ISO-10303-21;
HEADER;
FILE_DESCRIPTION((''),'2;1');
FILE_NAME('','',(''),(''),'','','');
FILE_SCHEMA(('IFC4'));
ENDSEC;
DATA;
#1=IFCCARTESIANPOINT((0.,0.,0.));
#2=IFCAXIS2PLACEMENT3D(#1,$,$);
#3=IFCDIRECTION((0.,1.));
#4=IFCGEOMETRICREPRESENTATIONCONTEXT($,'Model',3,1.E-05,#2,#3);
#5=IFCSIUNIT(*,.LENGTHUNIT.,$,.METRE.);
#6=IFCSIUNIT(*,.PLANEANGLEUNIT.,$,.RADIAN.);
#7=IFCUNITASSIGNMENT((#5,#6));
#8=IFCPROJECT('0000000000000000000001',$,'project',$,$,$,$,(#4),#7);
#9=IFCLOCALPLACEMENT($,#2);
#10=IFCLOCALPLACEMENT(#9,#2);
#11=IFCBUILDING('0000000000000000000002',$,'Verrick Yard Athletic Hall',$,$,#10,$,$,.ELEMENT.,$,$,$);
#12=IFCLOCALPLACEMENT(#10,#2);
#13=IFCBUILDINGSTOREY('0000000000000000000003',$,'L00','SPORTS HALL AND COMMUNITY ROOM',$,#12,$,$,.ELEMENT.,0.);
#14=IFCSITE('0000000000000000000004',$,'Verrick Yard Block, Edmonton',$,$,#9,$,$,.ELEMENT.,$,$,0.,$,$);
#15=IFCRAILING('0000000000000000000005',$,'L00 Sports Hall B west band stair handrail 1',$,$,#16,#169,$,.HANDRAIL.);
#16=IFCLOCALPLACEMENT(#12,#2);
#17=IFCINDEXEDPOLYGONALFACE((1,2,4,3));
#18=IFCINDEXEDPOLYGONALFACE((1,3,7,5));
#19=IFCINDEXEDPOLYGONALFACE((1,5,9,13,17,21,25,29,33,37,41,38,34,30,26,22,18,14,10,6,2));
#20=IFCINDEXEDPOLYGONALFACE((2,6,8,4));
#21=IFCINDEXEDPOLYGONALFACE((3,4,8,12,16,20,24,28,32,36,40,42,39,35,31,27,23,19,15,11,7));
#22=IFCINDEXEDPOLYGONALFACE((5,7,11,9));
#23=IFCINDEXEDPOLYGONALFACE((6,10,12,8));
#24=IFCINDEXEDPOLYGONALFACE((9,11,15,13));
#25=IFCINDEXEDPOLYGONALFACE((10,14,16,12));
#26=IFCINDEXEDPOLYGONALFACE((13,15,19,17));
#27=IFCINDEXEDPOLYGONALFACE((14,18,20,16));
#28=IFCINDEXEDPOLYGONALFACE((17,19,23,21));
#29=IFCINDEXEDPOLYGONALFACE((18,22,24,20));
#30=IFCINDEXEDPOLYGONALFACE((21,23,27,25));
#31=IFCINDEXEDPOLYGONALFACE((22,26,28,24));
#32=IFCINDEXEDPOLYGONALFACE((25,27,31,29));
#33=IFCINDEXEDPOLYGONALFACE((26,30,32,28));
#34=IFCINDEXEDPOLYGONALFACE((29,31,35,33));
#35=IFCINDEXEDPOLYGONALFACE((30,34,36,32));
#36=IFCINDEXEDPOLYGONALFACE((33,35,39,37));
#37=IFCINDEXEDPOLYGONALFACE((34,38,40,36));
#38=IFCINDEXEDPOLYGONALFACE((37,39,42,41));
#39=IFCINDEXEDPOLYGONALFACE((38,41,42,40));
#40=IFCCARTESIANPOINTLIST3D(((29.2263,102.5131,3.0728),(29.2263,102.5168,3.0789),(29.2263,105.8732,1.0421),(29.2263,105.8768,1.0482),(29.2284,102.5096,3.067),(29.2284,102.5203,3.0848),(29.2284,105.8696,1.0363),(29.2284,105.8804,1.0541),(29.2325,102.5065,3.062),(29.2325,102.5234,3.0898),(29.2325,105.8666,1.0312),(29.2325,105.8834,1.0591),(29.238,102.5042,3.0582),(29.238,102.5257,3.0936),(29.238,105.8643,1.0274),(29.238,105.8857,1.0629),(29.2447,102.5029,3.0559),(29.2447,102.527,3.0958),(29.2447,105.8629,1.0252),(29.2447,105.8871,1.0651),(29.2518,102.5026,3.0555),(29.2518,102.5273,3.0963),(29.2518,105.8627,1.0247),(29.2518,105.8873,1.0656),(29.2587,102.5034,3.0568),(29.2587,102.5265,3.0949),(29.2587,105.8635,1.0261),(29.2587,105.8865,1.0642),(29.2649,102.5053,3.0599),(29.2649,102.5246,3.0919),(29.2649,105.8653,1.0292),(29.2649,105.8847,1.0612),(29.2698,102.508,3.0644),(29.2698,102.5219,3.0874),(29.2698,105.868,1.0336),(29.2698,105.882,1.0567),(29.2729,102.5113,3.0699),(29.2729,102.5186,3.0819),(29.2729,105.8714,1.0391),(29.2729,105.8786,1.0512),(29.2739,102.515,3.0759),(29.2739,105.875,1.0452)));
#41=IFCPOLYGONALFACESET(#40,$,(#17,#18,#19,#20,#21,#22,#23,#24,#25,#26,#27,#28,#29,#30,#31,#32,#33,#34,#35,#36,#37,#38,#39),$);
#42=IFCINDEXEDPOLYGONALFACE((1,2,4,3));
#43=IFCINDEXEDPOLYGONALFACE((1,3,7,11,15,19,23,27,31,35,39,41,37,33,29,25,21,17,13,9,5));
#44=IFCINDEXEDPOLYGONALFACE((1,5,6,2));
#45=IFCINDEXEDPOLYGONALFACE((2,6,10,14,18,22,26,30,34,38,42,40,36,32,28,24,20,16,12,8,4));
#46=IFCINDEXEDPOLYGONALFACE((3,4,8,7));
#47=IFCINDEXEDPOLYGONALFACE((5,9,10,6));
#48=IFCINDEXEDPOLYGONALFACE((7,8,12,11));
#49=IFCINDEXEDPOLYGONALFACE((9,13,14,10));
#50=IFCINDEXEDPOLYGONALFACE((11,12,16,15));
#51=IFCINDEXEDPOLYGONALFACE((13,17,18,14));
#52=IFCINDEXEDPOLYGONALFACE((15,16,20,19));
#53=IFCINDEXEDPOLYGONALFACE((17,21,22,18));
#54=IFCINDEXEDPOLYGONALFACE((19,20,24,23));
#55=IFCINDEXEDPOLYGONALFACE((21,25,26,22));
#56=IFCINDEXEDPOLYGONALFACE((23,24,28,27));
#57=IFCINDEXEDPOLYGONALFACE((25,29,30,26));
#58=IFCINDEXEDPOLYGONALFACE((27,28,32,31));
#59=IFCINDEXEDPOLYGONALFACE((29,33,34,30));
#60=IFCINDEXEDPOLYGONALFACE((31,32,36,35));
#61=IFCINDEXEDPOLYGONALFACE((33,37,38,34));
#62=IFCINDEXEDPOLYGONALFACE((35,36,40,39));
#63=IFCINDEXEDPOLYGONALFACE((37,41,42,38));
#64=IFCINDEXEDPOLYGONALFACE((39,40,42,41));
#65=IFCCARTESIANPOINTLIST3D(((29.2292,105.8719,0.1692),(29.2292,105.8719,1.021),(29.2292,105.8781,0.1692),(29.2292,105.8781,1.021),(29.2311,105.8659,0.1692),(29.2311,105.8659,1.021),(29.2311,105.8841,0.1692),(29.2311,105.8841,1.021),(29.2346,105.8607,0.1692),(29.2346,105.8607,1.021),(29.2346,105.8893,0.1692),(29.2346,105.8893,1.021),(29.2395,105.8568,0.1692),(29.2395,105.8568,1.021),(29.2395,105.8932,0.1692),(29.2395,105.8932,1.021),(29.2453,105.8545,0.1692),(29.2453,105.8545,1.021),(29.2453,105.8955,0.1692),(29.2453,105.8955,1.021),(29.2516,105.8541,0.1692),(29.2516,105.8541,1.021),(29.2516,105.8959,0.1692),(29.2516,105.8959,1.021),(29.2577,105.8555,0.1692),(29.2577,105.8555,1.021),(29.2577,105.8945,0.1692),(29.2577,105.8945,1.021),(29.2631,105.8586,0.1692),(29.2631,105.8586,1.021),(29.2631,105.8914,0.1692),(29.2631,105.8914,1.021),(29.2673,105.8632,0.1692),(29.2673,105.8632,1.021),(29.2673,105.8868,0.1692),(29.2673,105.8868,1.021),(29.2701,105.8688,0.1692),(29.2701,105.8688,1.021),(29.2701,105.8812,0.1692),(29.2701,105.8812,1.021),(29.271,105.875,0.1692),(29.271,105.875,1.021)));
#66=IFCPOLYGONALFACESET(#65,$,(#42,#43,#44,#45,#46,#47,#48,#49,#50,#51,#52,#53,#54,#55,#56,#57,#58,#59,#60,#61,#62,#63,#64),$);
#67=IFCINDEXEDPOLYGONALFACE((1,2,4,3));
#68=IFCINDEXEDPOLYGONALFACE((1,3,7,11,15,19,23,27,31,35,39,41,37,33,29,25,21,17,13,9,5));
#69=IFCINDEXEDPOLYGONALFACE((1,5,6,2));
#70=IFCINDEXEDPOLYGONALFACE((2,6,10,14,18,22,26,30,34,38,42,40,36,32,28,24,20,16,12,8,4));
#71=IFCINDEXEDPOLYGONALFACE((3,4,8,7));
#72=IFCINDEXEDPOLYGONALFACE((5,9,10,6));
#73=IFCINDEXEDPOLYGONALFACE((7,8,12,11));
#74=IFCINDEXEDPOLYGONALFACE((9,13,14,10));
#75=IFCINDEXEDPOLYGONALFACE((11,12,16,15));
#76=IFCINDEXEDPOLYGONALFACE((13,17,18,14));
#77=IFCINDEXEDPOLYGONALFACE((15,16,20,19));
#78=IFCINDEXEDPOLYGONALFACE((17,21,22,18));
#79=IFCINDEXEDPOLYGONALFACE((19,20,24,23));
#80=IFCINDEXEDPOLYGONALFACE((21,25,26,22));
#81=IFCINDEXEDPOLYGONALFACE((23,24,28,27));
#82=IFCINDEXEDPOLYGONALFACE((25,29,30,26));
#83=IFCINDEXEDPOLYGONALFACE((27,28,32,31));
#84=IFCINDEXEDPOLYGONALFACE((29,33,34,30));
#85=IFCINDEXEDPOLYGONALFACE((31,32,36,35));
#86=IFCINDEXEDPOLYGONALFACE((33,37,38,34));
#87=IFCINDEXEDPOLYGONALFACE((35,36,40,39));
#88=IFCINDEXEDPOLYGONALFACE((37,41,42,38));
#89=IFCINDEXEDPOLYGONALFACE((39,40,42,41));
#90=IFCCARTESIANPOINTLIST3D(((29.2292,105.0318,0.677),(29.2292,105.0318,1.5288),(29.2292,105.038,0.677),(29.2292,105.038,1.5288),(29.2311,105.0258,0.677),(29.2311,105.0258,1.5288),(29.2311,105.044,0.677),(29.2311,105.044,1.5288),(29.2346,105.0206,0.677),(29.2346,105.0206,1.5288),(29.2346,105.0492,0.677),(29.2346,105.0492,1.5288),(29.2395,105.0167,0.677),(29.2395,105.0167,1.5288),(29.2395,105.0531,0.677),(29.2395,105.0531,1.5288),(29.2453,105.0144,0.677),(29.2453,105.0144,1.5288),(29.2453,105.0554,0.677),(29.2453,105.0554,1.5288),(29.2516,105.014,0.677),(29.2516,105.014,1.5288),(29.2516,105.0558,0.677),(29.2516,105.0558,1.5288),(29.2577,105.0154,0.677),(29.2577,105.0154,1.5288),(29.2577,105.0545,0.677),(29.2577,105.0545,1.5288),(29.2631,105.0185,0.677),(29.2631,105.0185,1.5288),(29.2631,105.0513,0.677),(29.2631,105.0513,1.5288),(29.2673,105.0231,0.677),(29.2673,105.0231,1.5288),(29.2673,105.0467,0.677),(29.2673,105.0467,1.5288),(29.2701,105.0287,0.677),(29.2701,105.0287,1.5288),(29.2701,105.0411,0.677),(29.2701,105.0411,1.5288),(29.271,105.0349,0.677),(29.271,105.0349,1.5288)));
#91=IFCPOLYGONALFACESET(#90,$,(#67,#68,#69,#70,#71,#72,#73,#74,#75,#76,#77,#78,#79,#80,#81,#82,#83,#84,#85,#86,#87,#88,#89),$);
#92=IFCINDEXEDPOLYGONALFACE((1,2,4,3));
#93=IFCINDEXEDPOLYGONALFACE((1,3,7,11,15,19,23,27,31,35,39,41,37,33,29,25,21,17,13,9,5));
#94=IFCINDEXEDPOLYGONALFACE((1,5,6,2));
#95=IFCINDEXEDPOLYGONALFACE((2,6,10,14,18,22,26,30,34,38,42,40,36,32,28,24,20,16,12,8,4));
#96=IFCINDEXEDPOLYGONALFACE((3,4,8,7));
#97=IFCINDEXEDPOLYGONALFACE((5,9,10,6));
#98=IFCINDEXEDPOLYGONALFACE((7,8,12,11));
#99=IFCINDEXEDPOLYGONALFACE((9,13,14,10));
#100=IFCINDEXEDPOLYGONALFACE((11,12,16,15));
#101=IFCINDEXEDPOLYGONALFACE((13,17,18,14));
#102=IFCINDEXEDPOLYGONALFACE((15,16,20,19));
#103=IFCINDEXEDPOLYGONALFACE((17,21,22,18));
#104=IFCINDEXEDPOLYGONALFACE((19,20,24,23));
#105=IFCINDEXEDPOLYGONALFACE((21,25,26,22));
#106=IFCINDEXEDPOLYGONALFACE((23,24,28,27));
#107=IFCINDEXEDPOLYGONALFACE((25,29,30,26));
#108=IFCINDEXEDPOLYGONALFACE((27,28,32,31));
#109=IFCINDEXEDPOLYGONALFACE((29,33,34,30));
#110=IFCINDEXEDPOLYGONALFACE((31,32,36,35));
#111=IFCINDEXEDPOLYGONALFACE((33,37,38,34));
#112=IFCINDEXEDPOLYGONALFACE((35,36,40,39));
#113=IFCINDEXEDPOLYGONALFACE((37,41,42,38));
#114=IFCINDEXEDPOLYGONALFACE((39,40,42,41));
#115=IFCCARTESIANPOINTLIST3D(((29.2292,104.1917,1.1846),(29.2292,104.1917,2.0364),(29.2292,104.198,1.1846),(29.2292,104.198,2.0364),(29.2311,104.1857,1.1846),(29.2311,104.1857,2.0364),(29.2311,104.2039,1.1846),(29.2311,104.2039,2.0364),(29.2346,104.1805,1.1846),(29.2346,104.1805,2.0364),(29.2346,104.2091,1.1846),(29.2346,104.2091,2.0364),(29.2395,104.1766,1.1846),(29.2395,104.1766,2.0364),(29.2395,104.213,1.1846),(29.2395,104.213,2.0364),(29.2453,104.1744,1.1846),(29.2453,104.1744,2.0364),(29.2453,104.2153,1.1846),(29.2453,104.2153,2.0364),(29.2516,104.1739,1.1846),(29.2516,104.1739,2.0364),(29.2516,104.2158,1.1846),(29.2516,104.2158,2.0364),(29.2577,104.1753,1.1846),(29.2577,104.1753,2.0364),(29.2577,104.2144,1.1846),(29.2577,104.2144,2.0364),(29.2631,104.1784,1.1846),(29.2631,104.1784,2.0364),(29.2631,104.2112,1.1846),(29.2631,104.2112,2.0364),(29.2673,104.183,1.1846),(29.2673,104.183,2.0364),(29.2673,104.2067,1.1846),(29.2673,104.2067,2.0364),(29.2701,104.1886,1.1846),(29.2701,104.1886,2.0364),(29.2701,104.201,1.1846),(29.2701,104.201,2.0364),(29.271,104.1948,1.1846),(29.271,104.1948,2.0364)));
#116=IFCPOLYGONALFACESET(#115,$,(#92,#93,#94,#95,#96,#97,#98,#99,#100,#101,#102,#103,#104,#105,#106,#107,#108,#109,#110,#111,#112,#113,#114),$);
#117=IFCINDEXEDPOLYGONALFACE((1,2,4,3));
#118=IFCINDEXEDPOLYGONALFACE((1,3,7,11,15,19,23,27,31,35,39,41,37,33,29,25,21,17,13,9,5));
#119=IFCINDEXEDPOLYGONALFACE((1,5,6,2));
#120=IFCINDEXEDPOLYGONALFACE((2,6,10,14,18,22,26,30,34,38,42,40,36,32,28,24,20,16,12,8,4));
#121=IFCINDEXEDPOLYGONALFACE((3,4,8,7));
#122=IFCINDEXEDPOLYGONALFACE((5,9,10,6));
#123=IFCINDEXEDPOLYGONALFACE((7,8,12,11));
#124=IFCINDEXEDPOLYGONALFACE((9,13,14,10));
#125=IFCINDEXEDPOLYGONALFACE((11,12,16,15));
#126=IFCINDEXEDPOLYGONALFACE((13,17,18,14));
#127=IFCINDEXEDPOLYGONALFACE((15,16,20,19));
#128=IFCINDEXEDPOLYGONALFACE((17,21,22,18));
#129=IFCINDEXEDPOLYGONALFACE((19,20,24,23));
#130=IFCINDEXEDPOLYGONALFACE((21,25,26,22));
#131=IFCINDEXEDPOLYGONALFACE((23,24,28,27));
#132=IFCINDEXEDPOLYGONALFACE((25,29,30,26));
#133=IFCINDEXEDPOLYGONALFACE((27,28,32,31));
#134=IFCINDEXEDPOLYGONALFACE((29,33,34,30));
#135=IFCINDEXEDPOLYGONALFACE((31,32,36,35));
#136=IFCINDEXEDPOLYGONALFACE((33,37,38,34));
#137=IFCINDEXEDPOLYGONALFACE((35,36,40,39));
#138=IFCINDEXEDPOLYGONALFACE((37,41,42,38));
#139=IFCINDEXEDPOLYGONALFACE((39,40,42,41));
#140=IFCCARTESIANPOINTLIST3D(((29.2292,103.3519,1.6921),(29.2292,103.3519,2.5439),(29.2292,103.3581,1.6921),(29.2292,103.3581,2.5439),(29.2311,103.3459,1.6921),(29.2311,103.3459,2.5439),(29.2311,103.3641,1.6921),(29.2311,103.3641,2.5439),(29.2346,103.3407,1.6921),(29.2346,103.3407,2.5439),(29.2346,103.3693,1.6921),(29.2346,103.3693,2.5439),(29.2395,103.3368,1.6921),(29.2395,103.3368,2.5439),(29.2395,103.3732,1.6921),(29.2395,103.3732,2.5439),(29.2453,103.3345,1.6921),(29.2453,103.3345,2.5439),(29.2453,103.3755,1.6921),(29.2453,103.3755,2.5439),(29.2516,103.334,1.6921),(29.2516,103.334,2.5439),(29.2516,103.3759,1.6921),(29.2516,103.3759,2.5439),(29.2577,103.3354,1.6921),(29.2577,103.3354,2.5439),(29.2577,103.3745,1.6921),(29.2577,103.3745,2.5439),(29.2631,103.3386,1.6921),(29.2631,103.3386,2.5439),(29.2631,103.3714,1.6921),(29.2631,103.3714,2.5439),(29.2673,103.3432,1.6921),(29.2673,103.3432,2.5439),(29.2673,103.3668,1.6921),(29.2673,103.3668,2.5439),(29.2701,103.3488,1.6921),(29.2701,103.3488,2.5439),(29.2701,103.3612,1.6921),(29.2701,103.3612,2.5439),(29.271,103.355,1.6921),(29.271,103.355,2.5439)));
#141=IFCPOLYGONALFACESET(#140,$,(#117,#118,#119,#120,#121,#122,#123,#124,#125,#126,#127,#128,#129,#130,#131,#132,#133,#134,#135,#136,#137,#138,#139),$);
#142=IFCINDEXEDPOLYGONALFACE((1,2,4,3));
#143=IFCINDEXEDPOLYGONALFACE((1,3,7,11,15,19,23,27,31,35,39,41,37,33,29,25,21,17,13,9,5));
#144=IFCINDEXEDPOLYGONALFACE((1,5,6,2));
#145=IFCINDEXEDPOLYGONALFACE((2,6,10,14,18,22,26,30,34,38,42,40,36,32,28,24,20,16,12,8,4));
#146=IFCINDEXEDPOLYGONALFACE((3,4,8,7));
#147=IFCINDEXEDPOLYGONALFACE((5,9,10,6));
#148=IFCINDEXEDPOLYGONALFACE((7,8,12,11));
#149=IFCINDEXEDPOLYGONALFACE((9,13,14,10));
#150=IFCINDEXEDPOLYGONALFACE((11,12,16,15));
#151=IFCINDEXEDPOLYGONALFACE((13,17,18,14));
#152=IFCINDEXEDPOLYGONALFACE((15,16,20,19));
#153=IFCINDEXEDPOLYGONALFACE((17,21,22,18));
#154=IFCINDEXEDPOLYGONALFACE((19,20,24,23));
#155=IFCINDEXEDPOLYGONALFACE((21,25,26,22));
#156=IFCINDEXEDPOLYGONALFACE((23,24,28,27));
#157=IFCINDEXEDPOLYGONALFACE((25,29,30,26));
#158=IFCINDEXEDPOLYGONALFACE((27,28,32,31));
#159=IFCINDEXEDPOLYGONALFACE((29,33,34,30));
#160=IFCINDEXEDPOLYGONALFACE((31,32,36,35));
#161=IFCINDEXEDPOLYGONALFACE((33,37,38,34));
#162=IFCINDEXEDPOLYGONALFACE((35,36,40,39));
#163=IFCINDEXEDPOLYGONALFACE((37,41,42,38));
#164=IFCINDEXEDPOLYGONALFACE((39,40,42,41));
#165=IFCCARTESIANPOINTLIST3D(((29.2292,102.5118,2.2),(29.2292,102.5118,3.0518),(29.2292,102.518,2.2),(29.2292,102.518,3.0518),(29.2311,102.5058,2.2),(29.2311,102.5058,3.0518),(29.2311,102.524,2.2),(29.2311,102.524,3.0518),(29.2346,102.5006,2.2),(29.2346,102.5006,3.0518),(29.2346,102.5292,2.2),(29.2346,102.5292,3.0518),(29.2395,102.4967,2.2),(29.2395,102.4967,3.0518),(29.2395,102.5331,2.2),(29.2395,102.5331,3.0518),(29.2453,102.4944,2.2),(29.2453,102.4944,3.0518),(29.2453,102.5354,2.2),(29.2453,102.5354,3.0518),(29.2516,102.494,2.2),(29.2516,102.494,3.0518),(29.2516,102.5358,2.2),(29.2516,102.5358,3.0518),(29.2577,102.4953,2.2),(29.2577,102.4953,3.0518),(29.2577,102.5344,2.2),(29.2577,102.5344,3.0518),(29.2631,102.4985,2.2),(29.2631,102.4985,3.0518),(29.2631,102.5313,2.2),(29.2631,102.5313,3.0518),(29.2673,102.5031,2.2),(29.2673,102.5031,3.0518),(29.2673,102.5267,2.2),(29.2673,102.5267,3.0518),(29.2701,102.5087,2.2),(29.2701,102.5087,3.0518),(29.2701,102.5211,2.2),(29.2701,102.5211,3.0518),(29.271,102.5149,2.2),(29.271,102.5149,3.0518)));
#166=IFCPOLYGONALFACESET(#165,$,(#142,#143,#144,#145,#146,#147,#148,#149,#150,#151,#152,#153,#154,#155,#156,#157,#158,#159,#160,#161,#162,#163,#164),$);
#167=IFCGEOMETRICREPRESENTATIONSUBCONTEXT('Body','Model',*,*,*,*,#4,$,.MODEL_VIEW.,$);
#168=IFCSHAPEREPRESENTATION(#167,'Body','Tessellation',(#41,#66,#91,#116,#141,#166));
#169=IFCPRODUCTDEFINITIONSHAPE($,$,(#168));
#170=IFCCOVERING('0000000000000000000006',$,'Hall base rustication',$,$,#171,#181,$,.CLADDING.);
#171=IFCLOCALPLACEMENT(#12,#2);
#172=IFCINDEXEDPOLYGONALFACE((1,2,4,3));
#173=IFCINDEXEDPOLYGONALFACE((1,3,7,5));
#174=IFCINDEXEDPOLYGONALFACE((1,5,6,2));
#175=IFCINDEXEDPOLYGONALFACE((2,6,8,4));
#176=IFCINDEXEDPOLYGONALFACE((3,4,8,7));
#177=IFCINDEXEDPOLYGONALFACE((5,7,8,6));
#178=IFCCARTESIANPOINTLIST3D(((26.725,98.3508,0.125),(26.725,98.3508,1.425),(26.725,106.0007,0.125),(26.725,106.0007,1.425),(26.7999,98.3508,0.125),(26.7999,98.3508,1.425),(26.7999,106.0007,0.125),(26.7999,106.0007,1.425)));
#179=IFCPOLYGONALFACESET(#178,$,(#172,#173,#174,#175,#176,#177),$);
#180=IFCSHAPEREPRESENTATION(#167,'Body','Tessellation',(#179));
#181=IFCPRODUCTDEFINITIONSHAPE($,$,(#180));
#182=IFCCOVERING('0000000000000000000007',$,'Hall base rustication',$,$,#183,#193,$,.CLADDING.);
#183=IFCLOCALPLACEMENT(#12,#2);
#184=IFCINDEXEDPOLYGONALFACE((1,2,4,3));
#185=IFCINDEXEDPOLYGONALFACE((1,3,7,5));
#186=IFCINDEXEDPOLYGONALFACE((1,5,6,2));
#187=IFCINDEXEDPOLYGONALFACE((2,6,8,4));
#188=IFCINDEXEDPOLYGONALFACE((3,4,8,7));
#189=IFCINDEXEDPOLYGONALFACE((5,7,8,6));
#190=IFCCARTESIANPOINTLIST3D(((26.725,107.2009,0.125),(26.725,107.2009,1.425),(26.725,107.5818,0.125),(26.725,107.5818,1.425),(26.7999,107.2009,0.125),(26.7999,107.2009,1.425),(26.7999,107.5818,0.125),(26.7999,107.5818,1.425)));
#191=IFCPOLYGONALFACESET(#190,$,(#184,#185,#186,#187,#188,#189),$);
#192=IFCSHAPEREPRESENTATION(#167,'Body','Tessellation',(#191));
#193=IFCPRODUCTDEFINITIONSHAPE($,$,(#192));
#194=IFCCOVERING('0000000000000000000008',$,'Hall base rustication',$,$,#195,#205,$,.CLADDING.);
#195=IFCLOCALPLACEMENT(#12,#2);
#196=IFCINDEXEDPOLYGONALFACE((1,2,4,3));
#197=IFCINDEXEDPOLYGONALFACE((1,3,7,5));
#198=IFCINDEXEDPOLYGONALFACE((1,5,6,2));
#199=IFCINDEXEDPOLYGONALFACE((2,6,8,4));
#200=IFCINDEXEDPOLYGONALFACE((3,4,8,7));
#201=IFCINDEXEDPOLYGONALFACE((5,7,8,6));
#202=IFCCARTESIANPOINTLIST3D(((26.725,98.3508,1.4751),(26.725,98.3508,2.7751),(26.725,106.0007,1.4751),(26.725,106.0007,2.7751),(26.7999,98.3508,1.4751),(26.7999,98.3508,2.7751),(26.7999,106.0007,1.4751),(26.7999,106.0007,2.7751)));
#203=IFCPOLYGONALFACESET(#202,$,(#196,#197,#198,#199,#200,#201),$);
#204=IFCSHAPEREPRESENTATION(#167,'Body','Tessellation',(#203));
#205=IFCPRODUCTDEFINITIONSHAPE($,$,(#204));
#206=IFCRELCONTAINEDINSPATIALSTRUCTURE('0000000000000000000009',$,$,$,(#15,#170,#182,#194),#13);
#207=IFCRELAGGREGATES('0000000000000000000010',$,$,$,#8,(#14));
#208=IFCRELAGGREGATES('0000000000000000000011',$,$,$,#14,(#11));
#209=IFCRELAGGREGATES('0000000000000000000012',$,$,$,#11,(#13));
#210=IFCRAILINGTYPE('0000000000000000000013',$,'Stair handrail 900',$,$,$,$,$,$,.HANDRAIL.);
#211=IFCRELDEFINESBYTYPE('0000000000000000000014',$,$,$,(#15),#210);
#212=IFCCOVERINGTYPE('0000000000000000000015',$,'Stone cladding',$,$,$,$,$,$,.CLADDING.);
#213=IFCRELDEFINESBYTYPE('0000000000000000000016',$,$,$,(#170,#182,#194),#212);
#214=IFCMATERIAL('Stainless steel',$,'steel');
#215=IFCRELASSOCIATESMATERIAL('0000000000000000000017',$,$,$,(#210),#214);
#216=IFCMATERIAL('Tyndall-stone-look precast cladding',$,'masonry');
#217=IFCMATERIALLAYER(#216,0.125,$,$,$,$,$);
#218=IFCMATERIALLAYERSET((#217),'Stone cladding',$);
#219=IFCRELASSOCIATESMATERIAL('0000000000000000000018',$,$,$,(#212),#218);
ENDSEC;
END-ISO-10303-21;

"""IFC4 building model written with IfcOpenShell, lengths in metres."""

from ifc_helpers import new_model, si_unit, direction, frame, origin, origin_2d, place, context, subcontext, project, spatial, rectangle, circle, extrude, material, layer, layer_set, type_object, element, save


model = new_model("IFC4")

# Units and contexts
model_context = context("Model", 3, precision=1e-05, world=origin(), true_north=direction((0.0, 1.0)))
body_context = subcontext(model_context, "Body", "Model", "MODEL_VIEW")
ifc_project = project(units=[si_unit("LENGTHUNIT", "METRE"), si_unit("PLANEANGLEUNIT", "RADIAN")], contexts=[model_context])

# Site, building, storey
site_placement = place(None, origin())
site = spatial("IfcSite", under=ifc_project, at=site_placement, Name="Verrick Yard Block, Edmonton", CompositionType="ELEMENT", RefElevation=0.0)
building_placement = place(site_placement, origin())
building = spatial("IfcBuilding", under=site, at=building_placement, Name="Verrick Yard Athletic Hall", CompositionType="ELEMENT")
storey_placement = place(building_placement, origin())
storey = spatial("IfcBuildingStorey", under=building, at=storey_placement, Name="L00", Description="SPORTS HALL AND COMMUNITY ROOM", CompositionType="ELEMENT", Elevation=0.0)

# Shared definitions
ifc_material_1 = material(Name="Tyndall-stone-look precast cladding", Category="masonry")

# Railing
ifc_material_2 = material(Name="Stainless steel", Category="steel")
railing_type_1 = type_object("IfcRailingType", Name="Stair handrail 900", PredefinedType="HANDRAIL", material=ifc_material_2)
railing_1_placement = place(storey_placement, frame((29.25, 105.875, 0.1692)))
element("IfcRailing", 1, at=railing_1_placement, inside=storey, type_object=railing_type_1, Name="L00 Sports Hall B west band stair handrail 1", PredefinedType="HANDRAIL", context=body_context, shape_type="SweptSolid", body=[
    extrude(circle(Radius=0.0239, at=origin_2d()), frame((0.0, 0.0, 0.876), z_axis=(0.0, -0.855837, 0.517246), x_axis=(1.0, 0.0, 0.0)), (0.0, 0.0, 1.0), 3.926),
    extrude(circle(Radius=0.021, at=origin_2d()), origin(), (0.0, 0.0, 1.0), 0.8518),
    extrude(circle(Radius=0.021, at=origin_2d()), frame((0.0, -0.8401, 0.5078)), (0.0, 0.0, 1.0), 0.8518),
    extrude(circle(Radius=0.021, at=origin_2d()), frame((0.0, -1.6802, 1.0154)), (0.0, 0.0, 1.0), 0.8518),
    extrude(circle(Radius=0.021, at=origin_2d()), frame((0.0, -2.52, 1.5229)), (0.0, 0.0, 1.0), 0.8518),
    extrude(circle(Radius=0.021, at=origin_2d()), frame((0.0, -3.3601, 2.0308)), (0.0, 0.0, 1.0), 0.8518),
])

# Coverings
ifc_layer_1 = layer(ifc_material_1, 0.125)
ifc_layer_set_1 = layer_set([ifc_layer_1], Name="Stone cladding")
covering_type = type_object("IfcCoveringType", Name="Stone cladding", PredefinedType="CLADDING", material=ifc_layer_set_1)
covering_1_placement = place(storey_placement, frame((26.7625, 102.1758, 0.125), z_axis=(0.0, 0.0, 1.0), x_axis=(0.0, 1.0, 0.0)))
element("IfcCovering", 2, at=covering_1_placement, inside=storey, type_object=covering_type, Name="Hall base rustication", PredefinedType="CLADDING", context=body_context, shape_type="SweptSolid", body=[
    extrude(rectangle(XDim=7.6499, YDim=0.075, at=origin_2d()), origin(), (0.0, 0.0, 1.0), 1.3),
])
covering_2_placement = place(storey_placement, frame((26.7625, 107.3914, 0.125), z_axis=(0.0, 0.0, 1.0), x_axis=(0.0, 1.0, 0.0)))
element("IfcCovering", 3, at=covering_2_placement, inside=storey, type_object=covering_type, Name="Hall base rustication", PredefinedType="CLADDING", context=body_context, shape_type="SweptSolid", body=[
    extrude(rectangle(XDim=0.3809, YDim=0.075, at=origin_2d()), origin(), (0.0, 0.0, 1.0), 1.3),
])
covering_3_placement = place(storey_placement, frame((26.7625, 102.1758, 1.4751), z_axis=(0.0, 0.0, 1.0), x_axis=(0.0, 1.0, 0.0)))
element("IfcCovering", 4, at=covering_3_placement, inside=storey, type_object=covering_type, Name="Hall base rustication", PredefinedType="CLADDING", context=body_context, shape_type="SweptSolid", body=[
    extrude(rectangle(XDim=7.6499, YDim=0.075, at=origin_2d()), origin(), (0.0, 0.0, 1.0), 1.3),
])

save(model, "model.ifc")
